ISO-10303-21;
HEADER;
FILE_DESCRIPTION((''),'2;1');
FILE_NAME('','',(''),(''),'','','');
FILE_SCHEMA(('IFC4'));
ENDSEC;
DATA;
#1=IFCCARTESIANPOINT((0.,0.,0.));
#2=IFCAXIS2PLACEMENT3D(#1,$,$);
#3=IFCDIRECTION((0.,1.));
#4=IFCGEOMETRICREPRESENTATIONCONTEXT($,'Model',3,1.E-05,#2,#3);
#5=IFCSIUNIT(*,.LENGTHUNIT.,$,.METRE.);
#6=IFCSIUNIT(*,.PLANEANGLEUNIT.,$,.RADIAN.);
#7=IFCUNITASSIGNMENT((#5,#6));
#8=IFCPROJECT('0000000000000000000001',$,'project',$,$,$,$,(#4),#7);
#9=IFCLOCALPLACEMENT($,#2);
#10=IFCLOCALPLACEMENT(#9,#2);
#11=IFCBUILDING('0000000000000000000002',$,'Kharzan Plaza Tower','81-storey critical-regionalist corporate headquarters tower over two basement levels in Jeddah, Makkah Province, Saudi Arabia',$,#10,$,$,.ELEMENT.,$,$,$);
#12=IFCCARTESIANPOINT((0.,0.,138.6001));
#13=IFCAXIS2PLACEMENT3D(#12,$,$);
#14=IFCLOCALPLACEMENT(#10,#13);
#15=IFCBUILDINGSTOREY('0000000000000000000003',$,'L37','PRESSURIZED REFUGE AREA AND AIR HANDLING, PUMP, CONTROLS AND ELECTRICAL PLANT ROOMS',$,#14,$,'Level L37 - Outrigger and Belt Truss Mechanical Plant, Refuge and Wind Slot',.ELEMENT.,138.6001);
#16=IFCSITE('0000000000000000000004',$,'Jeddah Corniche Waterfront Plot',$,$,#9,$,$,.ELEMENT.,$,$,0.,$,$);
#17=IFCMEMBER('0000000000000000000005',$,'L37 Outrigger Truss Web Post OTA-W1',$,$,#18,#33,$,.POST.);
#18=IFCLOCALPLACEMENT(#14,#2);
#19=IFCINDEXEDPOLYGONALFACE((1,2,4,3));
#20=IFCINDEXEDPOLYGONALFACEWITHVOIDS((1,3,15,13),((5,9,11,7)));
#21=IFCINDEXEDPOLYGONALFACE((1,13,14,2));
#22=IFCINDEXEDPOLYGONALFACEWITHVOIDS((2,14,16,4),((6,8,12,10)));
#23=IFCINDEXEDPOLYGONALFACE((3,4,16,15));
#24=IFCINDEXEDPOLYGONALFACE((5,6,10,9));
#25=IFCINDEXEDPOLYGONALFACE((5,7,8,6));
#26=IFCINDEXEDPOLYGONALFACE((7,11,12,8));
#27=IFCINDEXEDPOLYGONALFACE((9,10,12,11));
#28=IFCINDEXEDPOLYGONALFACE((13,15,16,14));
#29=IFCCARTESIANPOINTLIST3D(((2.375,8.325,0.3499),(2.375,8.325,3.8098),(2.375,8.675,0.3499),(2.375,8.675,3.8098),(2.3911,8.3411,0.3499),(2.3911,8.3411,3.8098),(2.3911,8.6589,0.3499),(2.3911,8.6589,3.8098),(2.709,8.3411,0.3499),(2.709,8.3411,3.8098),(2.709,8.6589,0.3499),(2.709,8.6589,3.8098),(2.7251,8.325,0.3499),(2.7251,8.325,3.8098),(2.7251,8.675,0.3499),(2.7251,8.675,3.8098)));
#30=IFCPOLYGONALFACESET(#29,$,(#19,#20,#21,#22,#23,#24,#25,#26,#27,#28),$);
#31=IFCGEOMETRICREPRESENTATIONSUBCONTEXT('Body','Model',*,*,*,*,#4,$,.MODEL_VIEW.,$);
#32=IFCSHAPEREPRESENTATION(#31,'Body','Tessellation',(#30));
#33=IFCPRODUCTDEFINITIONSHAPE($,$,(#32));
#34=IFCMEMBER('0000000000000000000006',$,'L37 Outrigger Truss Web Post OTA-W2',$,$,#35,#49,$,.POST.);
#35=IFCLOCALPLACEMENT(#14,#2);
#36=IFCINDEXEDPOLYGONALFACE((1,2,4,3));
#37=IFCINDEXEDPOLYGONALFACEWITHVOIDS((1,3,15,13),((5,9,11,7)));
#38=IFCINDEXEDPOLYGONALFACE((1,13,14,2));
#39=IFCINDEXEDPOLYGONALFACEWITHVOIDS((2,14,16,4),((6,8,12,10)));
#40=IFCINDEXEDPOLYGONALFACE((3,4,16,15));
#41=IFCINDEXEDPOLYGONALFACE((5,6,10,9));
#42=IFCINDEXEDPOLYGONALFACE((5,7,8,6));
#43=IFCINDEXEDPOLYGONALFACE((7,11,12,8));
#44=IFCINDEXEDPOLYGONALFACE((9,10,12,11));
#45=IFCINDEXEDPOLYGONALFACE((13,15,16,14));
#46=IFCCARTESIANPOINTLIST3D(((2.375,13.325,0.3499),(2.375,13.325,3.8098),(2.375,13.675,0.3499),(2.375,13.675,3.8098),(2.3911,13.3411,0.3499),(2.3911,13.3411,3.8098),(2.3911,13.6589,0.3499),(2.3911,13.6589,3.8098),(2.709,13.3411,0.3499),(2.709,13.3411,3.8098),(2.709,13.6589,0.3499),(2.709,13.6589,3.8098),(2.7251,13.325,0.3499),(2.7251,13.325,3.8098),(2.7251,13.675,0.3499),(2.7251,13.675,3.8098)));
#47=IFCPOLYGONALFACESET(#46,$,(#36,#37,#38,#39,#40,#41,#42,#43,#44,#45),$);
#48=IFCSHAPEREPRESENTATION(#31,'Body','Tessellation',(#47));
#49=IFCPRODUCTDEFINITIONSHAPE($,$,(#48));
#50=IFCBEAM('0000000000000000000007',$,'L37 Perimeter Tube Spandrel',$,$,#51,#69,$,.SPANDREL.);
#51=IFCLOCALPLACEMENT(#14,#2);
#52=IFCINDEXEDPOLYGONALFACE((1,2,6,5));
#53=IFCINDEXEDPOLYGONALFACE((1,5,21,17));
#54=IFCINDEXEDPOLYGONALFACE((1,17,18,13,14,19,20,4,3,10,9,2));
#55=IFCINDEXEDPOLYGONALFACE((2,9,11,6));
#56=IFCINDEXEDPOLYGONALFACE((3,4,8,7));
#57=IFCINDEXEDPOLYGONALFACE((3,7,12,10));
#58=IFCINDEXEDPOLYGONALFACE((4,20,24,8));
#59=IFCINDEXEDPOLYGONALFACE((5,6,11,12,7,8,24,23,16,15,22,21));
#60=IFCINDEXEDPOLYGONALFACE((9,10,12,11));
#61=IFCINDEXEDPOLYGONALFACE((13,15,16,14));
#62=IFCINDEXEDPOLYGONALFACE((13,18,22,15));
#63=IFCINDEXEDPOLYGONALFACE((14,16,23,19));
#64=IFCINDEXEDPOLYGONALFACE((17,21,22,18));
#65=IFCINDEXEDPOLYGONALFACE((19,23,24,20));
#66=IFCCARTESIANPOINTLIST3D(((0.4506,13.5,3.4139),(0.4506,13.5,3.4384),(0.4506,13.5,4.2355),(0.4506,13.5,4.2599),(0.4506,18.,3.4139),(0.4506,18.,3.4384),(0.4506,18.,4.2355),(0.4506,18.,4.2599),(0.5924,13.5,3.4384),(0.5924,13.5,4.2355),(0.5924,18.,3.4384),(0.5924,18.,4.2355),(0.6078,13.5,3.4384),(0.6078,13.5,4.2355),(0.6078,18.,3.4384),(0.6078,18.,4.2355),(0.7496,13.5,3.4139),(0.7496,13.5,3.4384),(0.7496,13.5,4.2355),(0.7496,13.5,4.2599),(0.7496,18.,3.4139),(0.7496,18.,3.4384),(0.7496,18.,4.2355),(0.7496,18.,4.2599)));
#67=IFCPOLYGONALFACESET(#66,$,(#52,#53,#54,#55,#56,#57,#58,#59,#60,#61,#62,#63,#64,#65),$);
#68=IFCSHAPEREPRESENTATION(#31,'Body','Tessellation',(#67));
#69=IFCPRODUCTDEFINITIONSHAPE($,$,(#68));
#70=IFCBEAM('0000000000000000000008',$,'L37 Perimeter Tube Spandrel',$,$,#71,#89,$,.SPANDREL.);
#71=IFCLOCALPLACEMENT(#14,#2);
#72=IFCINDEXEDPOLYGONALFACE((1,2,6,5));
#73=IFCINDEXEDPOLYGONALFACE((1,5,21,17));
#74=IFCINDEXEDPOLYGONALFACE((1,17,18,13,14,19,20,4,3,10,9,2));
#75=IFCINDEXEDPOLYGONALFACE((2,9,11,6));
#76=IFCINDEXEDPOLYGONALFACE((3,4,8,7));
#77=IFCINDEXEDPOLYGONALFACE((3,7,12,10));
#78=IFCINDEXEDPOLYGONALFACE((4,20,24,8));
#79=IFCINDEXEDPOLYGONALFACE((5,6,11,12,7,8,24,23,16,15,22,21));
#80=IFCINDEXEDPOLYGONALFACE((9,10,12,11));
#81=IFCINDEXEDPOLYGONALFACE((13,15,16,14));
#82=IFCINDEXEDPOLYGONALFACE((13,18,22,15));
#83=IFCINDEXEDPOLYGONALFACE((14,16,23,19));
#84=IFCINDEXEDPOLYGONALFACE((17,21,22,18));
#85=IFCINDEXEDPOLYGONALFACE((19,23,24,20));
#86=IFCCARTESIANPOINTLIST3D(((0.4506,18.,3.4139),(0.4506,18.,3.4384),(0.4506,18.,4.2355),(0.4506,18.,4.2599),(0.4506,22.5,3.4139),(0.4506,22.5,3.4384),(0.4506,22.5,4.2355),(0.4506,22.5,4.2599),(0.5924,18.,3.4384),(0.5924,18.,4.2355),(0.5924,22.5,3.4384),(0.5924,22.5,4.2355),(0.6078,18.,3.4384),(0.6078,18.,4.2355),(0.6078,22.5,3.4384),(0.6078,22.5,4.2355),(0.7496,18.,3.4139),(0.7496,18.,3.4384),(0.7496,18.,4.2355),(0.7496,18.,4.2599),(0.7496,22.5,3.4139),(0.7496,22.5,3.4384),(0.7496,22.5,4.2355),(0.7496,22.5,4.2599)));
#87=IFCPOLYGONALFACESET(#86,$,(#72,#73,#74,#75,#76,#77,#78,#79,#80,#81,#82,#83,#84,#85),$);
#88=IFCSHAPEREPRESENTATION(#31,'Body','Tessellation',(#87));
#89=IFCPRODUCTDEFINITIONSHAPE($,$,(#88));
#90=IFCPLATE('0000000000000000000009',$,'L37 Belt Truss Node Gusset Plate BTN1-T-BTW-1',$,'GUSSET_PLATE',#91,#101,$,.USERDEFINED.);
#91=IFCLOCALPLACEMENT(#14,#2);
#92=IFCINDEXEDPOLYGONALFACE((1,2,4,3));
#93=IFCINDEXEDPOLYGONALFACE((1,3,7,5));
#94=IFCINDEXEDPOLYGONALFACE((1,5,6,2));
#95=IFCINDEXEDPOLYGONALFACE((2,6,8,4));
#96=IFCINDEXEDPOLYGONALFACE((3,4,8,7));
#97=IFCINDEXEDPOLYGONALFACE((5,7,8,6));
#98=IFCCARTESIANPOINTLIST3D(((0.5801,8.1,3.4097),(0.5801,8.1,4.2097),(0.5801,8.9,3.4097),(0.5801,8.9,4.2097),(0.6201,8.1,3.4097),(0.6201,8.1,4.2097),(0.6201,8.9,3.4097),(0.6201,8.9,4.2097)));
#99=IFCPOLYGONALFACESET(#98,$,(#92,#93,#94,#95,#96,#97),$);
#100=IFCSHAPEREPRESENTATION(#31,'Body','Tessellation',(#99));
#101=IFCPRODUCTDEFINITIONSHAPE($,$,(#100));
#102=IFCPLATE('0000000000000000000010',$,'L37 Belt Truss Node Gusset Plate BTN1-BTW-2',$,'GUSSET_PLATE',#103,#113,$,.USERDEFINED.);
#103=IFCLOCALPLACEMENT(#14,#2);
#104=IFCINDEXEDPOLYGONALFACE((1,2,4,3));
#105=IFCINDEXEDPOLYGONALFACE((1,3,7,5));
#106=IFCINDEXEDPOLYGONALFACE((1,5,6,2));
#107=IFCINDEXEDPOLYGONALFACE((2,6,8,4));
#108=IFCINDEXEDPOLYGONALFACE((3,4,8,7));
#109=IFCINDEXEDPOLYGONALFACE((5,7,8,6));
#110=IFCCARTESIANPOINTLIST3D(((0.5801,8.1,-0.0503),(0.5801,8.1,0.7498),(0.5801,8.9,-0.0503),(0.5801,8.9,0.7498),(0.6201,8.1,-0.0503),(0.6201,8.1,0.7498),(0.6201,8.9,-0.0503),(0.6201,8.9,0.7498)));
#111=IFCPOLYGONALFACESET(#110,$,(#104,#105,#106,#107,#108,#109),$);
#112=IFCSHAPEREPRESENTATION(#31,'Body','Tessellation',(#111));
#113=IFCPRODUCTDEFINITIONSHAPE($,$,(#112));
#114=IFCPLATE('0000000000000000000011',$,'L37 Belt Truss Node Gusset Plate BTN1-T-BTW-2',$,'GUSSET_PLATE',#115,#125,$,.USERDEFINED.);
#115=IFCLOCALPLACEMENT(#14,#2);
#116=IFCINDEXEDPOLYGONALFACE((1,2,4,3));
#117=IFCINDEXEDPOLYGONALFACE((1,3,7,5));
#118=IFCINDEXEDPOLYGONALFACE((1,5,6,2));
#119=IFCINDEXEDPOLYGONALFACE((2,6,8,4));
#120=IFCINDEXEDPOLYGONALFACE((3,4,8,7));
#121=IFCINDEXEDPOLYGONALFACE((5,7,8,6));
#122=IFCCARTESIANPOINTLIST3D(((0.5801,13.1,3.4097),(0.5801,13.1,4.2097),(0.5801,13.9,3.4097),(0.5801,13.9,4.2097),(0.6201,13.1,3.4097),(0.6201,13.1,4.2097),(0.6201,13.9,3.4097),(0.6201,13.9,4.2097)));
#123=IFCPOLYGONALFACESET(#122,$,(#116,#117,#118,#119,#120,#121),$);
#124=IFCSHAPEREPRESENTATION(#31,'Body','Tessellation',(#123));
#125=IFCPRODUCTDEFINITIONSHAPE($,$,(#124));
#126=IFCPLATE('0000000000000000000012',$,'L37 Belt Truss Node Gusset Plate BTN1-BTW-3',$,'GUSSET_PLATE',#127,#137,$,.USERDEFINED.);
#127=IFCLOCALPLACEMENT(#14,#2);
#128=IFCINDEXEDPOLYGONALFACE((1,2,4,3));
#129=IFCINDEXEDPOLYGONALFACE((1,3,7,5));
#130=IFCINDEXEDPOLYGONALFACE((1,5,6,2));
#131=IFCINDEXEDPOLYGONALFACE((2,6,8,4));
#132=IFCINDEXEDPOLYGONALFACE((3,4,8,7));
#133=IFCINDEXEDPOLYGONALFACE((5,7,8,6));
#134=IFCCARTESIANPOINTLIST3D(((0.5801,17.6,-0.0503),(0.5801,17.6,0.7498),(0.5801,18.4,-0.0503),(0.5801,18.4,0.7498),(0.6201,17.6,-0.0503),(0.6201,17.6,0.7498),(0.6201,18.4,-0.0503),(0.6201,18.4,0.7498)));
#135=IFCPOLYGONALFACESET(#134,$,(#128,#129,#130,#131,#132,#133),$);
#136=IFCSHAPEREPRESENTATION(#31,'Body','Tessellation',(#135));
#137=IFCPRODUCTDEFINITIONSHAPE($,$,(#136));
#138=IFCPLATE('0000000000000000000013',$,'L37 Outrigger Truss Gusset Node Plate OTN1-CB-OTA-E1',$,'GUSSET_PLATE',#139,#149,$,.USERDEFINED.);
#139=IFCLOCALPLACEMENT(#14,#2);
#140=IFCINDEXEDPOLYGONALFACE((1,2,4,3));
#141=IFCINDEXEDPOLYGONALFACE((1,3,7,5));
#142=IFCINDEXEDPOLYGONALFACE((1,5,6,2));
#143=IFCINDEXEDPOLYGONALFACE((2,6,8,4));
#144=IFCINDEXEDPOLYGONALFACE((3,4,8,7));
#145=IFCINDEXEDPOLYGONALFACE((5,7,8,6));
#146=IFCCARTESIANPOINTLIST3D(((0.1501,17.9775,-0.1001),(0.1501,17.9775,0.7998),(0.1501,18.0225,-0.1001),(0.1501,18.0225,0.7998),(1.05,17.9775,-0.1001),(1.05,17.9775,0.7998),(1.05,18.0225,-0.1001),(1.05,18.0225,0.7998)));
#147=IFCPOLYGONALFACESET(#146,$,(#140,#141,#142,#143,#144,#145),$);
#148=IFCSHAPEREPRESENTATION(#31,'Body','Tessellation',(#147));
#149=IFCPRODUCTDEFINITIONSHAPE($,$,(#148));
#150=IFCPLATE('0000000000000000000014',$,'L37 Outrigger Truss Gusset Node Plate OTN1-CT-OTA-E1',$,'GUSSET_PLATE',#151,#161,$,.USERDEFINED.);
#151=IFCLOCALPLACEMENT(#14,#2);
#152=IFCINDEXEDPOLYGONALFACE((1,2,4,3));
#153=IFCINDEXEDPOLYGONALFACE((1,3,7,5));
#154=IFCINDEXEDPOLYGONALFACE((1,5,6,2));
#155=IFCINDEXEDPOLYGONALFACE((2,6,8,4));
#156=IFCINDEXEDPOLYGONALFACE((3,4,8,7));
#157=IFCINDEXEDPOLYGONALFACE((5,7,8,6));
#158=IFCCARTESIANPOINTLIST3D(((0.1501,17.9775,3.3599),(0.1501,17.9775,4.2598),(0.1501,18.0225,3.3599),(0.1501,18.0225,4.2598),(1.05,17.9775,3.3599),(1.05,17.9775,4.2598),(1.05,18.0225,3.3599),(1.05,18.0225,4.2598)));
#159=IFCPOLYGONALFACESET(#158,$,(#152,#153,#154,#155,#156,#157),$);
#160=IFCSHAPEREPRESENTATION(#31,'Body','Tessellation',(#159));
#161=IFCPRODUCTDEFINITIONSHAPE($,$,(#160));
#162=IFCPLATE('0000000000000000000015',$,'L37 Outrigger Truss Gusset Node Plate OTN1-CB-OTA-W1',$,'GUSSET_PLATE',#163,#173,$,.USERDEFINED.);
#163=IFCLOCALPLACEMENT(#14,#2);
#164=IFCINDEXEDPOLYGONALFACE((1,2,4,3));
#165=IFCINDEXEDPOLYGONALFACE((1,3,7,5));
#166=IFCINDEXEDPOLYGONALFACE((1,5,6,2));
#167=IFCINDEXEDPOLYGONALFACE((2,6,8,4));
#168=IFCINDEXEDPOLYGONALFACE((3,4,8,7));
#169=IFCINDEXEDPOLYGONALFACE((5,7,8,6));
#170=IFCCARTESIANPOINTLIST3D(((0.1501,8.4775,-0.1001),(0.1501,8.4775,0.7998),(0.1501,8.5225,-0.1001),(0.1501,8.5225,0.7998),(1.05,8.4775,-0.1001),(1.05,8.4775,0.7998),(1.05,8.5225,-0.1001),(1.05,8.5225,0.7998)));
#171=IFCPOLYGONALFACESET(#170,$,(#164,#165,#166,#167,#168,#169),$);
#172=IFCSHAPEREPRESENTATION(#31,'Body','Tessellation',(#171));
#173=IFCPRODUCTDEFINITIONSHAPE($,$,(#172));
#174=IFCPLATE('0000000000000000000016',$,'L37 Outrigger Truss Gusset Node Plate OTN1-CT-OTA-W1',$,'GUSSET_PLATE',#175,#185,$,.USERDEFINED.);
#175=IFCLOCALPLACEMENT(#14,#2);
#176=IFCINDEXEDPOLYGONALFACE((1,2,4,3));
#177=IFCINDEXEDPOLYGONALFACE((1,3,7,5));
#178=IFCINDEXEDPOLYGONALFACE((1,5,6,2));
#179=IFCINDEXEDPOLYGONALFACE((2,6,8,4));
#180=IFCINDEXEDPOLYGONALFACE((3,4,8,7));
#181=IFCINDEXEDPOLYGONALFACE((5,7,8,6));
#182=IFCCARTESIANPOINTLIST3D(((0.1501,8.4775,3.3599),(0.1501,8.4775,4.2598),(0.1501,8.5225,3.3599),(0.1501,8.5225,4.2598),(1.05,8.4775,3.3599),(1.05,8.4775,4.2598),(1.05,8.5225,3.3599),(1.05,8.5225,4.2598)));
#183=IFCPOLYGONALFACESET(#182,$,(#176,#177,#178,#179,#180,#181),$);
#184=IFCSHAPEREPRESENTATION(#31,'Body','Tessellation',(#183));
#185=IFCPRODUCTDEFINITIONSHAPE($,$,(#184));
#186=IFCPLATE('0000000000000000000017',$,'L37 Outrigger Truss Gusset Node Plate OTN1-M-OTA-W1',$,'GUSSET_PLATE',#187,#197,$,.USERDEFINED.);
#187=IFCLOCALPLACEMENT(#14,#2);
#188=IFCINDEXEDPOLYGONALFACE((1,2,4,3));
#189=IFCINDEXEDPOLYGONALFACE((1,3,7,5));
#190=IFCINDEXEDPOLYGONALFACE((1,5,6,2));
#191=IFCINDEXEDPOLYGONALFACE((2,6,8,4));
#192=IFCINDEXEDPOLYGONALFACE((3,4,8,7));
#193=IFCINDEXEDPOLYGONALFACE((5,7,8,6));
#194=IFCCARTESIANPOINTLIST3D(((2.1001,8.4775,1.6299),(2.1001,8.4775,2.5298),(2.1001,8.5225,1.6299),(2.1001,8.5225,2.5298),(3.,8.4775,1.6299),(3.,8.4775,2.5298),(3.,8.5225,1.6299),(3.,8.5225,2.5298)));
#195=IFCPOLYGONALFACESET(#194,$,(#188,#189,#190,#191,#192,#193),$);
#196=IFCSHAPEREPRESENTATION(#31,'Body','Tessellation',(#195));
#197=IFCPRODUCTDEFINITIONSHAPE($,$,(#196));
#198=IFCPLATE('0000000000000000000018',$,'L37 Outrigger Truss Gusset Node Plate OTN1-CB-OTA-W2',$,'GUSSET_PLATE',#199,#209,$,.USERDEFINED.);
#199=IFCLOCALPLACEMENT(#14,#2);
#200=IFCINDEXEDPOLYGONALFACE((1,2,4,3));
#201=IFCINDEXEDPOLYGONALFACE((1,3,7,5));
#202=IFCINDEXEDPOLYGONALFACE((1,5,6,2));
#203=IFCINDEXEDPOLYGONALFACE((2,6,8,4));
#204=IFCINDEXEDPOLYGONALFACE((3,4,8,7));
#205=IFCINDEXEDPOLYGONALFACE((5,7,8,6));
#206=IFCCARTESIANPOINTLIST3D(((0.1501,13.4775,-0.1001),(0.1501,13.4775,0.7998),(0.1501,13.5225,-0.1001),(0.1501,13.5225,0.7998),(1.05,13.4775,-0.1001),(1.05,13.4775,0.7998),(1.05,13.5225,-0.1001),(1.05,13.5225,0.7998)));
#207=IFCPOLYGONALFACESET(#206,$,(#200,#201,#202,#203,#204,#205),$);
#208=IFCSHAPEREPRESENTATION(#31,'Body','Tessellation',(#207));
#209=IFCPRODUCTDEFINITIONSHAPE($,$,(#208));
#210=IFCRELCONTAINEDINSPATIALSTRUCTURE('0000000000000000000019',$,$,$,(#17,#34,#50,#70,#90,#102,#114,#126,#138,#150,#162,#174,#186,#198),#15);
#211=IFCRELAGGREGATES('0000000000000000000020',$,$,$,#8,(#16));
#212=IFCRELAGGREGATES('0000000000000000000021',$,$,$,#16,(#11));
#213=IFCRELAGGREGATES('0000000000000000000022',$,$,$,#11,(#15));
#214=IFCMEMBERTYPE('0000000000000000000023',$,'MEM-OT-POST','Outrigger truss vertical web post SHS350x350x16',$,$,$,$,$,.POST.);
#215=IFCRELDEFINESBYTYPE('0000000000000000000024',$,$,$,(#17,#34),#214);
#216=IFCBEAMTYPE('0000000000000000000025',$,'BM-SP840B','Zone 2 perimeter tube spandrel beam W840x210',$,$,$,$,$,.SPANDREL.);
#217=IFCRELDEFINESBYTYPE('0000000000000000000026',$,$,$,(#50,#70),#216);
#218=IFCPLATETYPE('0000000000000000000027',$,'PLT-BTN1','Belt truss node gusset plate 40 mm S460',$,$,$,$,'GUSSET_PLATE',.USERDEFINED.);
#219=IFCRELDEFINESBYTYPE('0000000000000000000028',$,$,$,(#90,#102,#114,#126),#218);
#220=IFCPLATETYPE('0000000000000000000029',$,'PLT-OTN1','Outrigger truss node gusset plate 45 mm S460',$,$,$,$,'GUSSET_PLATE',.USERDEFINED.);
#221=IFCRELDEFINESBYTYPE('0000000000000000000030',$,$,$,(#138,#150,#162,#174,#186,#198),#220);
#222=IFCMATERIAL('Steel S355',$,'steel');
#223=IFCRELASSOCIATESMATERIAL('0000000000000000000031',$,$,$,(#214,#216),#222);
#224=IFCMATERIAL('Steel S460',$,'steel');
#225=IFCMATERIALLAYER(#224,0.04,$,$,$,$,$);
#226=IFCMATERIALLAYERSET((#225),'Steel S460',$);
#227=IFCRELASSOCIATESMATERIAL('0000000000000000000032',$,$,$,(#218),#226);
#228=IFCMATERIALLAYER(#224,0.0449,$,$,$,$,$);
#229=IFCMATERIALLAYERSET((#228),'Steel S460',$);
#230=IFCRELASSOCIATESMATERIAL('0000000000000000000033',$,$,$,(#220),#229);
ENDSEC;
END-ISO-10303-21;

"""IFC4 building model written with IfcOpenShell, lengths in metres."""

from ifc_helpers import new_model, si_unit, direction, frame, origin, origin_2d, place, context, subcontext, project, spatial, rectangle, hollow_rectangle, i_section, extrude, source, transform, mapped, material, layer, layer_set, material_profile, profile_set, type_object, element, save


model = new_model("IFC4")

# Units and contexts
model_context = context("Model", 3, precision=1e-05, world=origin(), true_north=direction((0.0, 1.0)))
body_context = subcontext(model_context, "Body", "Model", "MODEL_VIEW")
ifc_project = project(units=[si_unit("LENGTHUNIT", "METRE"), si_unit("PLANEANGLEUNIT", "RADIAN")], contexts=[model_context])

# Site, building, storey
site_placement = place(None, origin())
site = spatial("IfcSite", under=ifc_project, at=site_placement, Name="Jeddah Corniche Waterfront Plot", CompositionType="ELEMENT", RefElevation=0.0)
building_placement = place(site_placement, origin())
building = spatial("IfcBuilding", under=site, at=building_placement, Name="Kharzan Plaza Tower", Description="81-storey critical-regionalist corporate headquarters tower over two basement levels in Jeddah, Makkah Province, Saudi Arabia", CompositionType="ELEMENT")
storey_placement = place(building_placement, frame((0.0, 0.0, 138.6001)))
storey = spatial("IfcBuildingStorey", under=building, at=storey_placement, Name="L37", Description="PRESSURIZED REFUGE AREA AND AIR HANDLING, PUMP, CONTROLS AND ELECTRICAL PLANT ROOMS", LongName="Level L37 - Outrigger and Belt Truss Mechanical Plant, Refuge and Wind Slot", CompositionType="ELEMENT", Elevation=138.6001)

# Shared definitions
ifc_material_1 = material(Name="Steel S355", Category="steel")

# Members
ifc_material_profile_1 = material_profile(ifc_material_1, hollow_rectangle(XDim=0.3501, YDim=0.3501, WallThickness=0.0161, at=origin_2d()), Name="SHS350x350x16")
ifc_profile_set_1 = profile_set([ifc_material_profile_1], Name="Steel S355")
member_type_1 = type_object("IfcMemberType", Name="MEM-OT-POST", Description="Outrigger truss vertical web post SHS350x350x16", PredefinedType="POST", material=ifc_profile_set_1)
shared_shape_1 = source(origin(), body_context, "Body", "SweptSolid", [
    extrude(hollow_rectangle(XDim=0.3501, YDim=0.3501, WallThickness=0.0161, at=origin_2d()), origin(), (0.0, 0.0, 1.0), 3.46),
])
for number, where, z_axis, x_axis, name in (
    (1, (2.55, 8.5, 0.3499), (0.0, 0.0, 1.0), (1.0, 0.0, 0.0), "L37 Outrigger Truss Web Post OTA-W1"),
    (2, (2.55, 13.5, 0.3499), (0.0, 0.0, 1.0), (1.0, 0.0, 0.0), "L37 Outrigger Truss Web Post OTA-W2"),
):
    element("IfcMember", number, at=place(storey_placement, frame(where, z_axis=z_axis, x_axis=x_axis)), inside=storey, type_object=member_type_1, Name=name, PredefinedType="POST", context=body_context, shape_type="MappedRepresentation", body=[
        mapped(shared_shape_1, transform((0.0, 0.0, 0.0), x_axis=(1.0, 0.0, 0.0), y_axis=(0.0, 1.0, 0.0), z_axis=(0.0, 0.0, 1.0))),
    ])

# Beams
ifc_material_profile_2 = material_profile(ifc_material_1, i_section(OverallWidth=0.2991, OverallDepth=0.8459, WebThickness=0.0154, FlangeThickness=0.0244, at=origin_2d()), Name="W840x210")
ifc_profile_set_2 = profile_set([ifc_material_profile_2], Name="Steel S355")
beam_type_1 = type_object("IfcBeamType", Name="BM-SP840B", Description="Zone 2 perimeter tube spandrel beam W840x210", PredefinedType="SPANDREL", material=ifc_profile_set_2)
shared_shape_2 = source(origin(), body_context, "Body", "SweptSolid", [
    extrude(i_section(OverallWidth=0.2991, OverallDepth=0.8459, WebThickness=0.0154, FlangeThickness=0.0244, at=origin_2d()), origin(), (0.0, 0.0, 1.0), 4.5),
])
for number, where, z_axis, x_axis, name in (
    (3, (0.6001, 13.5, 3.8369), (0.0, 1.0, 0.0), (-1.0, 0.0, 0.0), "L37 Perimeter Tube Spandrel"),
    (4, (0.6001, 18.0, 3.8369), (0.0, 1.0, 0.0), (-1.0, 0.0, 0.0), "L37 Perimeter Tube Spandrel"),
):
    element("IfcBeam", number, at=place(storey_placement, frame(where, z_axis=z_axis, x_axis=x_axis)), inside=storey, type_object=beam_type_1, Name=name, PredefinedType="SPANDREL", context=body_context, shape_type="MappedRepresentation", body=[
        mapped(shared_shape_2, transform((0.0, 0.0, 0.0), x_axis=(1.0, 0.0, 0.0), y_axis=(0.0, 1.0, 0.0), z_axis=(0.0, 0.0, 1.0))),
    ])

# Plates
ifc_material_2 = material(Name="Steel S460", Category="steel")
ifc_layer_1 = layer(ifc_material_2, 0.04)
ifc_layer_set_1 = layer_set([ifc_layer_1], Name="Steel S460")
plate_type_1 = type_object("IfcPlateType", Name="PLT-BTN1", Description="Belt truss node gusset plate 40 mm S460", ElementType="GUSSET_PLATE", PredefinedType="USERDEFINED", material=ifc_layer_set_1)
shared_shape_3 = source(origin(), body_context, "Body", "SweptSolid", [
    extrude(rectangle(XDim=0.8, YDim=0.04, at=origin_2d()), origin(), (0.0, 0.0, 1.0), 0.8),
])
for number, where, z_axis, x_axis, name in (
    (5, (0.6001, 8.5, 3.4097), (0.0, 0.0, 1.0), (0.0, 1.0, 0.0), "L37 Belt Truss Node Gusset Plate BTN1-T-BTW-1"),
    (6, (0.6001, 8.5, -0.0503), (0.0, 0.0, 1.0), (0.0, 1.0, 0.0), "L37 Belt Truss Node Gusset Plate BTN1-BTW-2"),
    (7, (0.6001, 13.5, 3.4097), (0.0, 0.0, 1.0), (0.0, 1.0, 0.0), "L37 Belt Truss Node Gusset Plate BTN1-T-BTW-2"),
    (8, (0.6001, 18.0, -0.0503), (0.0, 0.0, 1.0), (0.0, 1.0, 0.0), "L37 Belt Truss Node Gusset Plate BTN1-BTW-3"),
):
    element("IfcPlate", number, at=place(storey_placement, frame(where, z_axis=z_axis, x_axis=x_axis)), inside=storey, type_object=plate_type_1, Name=name, ObjectType="GUSSET_PLATE", PredefinedType="USERDEFINED", context=body_context, shape_type="MappedRepresentation", body=[
        mapped(shared_shape_3, transform((0.0, 0.0, 0.0), x_axis=(1.0, 0.0, 0.0), y_axis=(0.0, 1.0, 0.0), z_axis=(0.0, 0.0, 1.0))),
    ])
ifc_layer_2 = layer(ifc_material_2, 0.0449)
ifc_layer_set_2 = layer_set([ifc_layer_2], Name="Steel S460")
plate_type_2 = type_object("IfcPlateType", Name="PLT-OTN1", Description="Outrigger truss node gusset plate 45 mm S460", ElementType="GUSSET_PLATE", PredefinedType="USERDEFINED", material=ifc_layer_set_2)
shared_shape_4 = source(origin(), body_context, "Body", "SweptSolid", [
    extrude(rectangle(XDim=0.8999, YDim=0.0449, at=origin_2d()), origin(), (0.0, 0.0, 1.0), 0.8999),
])
for number, where, z_axis, x_axis, name in (
    (9, (0.6001, 18.0, -0.1001), (0.0, 0.0, 1.0), (-1.0, 0.0, 0.0), "L37 Outrigger Truss Gusset Node Plate OTN1-CB-OTA-E1"),
    (10, (0.6001, 18.0, 3.3599), (0.0, 0.0, 1.0), (-1.0, 0.0, 0.0), "L37 Outrigger Truss Gusset Node Plate OTN1-CT-OTA-E1"),
    (11, (0.6001, 8.5, -0.1001), (0.0, 0.0, 1.0), (-1.0, 0.0, 0.0), "L37 Outrigger Truss Gusset Node Plate OTN1-CB-OTA-W1"),
    (12, (0.6001, 8.5, 3.3599), (0.0, 0.0, 1.0), (-1.0, 0.0, 0.0), "L37 Outrigger Truss Gusset Node Plate OTN1-CT-OTA-W1"),
    (13, (2.55, 8.5, 1.6299), (0.0, 0.0, 1.0), (-1.0, 0.0, 0.0), "L37 Outrigger Truss Gusset Node Plate OTN1-M-OTA-W1"),
    (14, (0.6001, 13.5, -0.1001), (0.0, 0.0, 1.0), (-1.0, 0.0, 0.0), "L37 Outrigger Truss Gusset Node Plate OTN1-CB-OTA-W2"),
):
    element("IfcPlate", number, at=place(storey_placement, frame(where, z_axis=z_axis, x_axis=x_axis)), inside=storey, type_object=plate_type_2, Name=name, ObjectType="GUSSET_PLATE", PredefinedType="USERDEFINED", context=body_context, shape_type="MappedRepresentation", body=[
        mapped(shared_shape_4, transform((0.0, 0.0, 0.0), x_axis=(1.0, 0.0, 0.0), y_axis=(0.0, 1.0, 0.0), z_axis=(0.0, 0.0, 1.0))),
    ])

save(model, "model.ifc")
